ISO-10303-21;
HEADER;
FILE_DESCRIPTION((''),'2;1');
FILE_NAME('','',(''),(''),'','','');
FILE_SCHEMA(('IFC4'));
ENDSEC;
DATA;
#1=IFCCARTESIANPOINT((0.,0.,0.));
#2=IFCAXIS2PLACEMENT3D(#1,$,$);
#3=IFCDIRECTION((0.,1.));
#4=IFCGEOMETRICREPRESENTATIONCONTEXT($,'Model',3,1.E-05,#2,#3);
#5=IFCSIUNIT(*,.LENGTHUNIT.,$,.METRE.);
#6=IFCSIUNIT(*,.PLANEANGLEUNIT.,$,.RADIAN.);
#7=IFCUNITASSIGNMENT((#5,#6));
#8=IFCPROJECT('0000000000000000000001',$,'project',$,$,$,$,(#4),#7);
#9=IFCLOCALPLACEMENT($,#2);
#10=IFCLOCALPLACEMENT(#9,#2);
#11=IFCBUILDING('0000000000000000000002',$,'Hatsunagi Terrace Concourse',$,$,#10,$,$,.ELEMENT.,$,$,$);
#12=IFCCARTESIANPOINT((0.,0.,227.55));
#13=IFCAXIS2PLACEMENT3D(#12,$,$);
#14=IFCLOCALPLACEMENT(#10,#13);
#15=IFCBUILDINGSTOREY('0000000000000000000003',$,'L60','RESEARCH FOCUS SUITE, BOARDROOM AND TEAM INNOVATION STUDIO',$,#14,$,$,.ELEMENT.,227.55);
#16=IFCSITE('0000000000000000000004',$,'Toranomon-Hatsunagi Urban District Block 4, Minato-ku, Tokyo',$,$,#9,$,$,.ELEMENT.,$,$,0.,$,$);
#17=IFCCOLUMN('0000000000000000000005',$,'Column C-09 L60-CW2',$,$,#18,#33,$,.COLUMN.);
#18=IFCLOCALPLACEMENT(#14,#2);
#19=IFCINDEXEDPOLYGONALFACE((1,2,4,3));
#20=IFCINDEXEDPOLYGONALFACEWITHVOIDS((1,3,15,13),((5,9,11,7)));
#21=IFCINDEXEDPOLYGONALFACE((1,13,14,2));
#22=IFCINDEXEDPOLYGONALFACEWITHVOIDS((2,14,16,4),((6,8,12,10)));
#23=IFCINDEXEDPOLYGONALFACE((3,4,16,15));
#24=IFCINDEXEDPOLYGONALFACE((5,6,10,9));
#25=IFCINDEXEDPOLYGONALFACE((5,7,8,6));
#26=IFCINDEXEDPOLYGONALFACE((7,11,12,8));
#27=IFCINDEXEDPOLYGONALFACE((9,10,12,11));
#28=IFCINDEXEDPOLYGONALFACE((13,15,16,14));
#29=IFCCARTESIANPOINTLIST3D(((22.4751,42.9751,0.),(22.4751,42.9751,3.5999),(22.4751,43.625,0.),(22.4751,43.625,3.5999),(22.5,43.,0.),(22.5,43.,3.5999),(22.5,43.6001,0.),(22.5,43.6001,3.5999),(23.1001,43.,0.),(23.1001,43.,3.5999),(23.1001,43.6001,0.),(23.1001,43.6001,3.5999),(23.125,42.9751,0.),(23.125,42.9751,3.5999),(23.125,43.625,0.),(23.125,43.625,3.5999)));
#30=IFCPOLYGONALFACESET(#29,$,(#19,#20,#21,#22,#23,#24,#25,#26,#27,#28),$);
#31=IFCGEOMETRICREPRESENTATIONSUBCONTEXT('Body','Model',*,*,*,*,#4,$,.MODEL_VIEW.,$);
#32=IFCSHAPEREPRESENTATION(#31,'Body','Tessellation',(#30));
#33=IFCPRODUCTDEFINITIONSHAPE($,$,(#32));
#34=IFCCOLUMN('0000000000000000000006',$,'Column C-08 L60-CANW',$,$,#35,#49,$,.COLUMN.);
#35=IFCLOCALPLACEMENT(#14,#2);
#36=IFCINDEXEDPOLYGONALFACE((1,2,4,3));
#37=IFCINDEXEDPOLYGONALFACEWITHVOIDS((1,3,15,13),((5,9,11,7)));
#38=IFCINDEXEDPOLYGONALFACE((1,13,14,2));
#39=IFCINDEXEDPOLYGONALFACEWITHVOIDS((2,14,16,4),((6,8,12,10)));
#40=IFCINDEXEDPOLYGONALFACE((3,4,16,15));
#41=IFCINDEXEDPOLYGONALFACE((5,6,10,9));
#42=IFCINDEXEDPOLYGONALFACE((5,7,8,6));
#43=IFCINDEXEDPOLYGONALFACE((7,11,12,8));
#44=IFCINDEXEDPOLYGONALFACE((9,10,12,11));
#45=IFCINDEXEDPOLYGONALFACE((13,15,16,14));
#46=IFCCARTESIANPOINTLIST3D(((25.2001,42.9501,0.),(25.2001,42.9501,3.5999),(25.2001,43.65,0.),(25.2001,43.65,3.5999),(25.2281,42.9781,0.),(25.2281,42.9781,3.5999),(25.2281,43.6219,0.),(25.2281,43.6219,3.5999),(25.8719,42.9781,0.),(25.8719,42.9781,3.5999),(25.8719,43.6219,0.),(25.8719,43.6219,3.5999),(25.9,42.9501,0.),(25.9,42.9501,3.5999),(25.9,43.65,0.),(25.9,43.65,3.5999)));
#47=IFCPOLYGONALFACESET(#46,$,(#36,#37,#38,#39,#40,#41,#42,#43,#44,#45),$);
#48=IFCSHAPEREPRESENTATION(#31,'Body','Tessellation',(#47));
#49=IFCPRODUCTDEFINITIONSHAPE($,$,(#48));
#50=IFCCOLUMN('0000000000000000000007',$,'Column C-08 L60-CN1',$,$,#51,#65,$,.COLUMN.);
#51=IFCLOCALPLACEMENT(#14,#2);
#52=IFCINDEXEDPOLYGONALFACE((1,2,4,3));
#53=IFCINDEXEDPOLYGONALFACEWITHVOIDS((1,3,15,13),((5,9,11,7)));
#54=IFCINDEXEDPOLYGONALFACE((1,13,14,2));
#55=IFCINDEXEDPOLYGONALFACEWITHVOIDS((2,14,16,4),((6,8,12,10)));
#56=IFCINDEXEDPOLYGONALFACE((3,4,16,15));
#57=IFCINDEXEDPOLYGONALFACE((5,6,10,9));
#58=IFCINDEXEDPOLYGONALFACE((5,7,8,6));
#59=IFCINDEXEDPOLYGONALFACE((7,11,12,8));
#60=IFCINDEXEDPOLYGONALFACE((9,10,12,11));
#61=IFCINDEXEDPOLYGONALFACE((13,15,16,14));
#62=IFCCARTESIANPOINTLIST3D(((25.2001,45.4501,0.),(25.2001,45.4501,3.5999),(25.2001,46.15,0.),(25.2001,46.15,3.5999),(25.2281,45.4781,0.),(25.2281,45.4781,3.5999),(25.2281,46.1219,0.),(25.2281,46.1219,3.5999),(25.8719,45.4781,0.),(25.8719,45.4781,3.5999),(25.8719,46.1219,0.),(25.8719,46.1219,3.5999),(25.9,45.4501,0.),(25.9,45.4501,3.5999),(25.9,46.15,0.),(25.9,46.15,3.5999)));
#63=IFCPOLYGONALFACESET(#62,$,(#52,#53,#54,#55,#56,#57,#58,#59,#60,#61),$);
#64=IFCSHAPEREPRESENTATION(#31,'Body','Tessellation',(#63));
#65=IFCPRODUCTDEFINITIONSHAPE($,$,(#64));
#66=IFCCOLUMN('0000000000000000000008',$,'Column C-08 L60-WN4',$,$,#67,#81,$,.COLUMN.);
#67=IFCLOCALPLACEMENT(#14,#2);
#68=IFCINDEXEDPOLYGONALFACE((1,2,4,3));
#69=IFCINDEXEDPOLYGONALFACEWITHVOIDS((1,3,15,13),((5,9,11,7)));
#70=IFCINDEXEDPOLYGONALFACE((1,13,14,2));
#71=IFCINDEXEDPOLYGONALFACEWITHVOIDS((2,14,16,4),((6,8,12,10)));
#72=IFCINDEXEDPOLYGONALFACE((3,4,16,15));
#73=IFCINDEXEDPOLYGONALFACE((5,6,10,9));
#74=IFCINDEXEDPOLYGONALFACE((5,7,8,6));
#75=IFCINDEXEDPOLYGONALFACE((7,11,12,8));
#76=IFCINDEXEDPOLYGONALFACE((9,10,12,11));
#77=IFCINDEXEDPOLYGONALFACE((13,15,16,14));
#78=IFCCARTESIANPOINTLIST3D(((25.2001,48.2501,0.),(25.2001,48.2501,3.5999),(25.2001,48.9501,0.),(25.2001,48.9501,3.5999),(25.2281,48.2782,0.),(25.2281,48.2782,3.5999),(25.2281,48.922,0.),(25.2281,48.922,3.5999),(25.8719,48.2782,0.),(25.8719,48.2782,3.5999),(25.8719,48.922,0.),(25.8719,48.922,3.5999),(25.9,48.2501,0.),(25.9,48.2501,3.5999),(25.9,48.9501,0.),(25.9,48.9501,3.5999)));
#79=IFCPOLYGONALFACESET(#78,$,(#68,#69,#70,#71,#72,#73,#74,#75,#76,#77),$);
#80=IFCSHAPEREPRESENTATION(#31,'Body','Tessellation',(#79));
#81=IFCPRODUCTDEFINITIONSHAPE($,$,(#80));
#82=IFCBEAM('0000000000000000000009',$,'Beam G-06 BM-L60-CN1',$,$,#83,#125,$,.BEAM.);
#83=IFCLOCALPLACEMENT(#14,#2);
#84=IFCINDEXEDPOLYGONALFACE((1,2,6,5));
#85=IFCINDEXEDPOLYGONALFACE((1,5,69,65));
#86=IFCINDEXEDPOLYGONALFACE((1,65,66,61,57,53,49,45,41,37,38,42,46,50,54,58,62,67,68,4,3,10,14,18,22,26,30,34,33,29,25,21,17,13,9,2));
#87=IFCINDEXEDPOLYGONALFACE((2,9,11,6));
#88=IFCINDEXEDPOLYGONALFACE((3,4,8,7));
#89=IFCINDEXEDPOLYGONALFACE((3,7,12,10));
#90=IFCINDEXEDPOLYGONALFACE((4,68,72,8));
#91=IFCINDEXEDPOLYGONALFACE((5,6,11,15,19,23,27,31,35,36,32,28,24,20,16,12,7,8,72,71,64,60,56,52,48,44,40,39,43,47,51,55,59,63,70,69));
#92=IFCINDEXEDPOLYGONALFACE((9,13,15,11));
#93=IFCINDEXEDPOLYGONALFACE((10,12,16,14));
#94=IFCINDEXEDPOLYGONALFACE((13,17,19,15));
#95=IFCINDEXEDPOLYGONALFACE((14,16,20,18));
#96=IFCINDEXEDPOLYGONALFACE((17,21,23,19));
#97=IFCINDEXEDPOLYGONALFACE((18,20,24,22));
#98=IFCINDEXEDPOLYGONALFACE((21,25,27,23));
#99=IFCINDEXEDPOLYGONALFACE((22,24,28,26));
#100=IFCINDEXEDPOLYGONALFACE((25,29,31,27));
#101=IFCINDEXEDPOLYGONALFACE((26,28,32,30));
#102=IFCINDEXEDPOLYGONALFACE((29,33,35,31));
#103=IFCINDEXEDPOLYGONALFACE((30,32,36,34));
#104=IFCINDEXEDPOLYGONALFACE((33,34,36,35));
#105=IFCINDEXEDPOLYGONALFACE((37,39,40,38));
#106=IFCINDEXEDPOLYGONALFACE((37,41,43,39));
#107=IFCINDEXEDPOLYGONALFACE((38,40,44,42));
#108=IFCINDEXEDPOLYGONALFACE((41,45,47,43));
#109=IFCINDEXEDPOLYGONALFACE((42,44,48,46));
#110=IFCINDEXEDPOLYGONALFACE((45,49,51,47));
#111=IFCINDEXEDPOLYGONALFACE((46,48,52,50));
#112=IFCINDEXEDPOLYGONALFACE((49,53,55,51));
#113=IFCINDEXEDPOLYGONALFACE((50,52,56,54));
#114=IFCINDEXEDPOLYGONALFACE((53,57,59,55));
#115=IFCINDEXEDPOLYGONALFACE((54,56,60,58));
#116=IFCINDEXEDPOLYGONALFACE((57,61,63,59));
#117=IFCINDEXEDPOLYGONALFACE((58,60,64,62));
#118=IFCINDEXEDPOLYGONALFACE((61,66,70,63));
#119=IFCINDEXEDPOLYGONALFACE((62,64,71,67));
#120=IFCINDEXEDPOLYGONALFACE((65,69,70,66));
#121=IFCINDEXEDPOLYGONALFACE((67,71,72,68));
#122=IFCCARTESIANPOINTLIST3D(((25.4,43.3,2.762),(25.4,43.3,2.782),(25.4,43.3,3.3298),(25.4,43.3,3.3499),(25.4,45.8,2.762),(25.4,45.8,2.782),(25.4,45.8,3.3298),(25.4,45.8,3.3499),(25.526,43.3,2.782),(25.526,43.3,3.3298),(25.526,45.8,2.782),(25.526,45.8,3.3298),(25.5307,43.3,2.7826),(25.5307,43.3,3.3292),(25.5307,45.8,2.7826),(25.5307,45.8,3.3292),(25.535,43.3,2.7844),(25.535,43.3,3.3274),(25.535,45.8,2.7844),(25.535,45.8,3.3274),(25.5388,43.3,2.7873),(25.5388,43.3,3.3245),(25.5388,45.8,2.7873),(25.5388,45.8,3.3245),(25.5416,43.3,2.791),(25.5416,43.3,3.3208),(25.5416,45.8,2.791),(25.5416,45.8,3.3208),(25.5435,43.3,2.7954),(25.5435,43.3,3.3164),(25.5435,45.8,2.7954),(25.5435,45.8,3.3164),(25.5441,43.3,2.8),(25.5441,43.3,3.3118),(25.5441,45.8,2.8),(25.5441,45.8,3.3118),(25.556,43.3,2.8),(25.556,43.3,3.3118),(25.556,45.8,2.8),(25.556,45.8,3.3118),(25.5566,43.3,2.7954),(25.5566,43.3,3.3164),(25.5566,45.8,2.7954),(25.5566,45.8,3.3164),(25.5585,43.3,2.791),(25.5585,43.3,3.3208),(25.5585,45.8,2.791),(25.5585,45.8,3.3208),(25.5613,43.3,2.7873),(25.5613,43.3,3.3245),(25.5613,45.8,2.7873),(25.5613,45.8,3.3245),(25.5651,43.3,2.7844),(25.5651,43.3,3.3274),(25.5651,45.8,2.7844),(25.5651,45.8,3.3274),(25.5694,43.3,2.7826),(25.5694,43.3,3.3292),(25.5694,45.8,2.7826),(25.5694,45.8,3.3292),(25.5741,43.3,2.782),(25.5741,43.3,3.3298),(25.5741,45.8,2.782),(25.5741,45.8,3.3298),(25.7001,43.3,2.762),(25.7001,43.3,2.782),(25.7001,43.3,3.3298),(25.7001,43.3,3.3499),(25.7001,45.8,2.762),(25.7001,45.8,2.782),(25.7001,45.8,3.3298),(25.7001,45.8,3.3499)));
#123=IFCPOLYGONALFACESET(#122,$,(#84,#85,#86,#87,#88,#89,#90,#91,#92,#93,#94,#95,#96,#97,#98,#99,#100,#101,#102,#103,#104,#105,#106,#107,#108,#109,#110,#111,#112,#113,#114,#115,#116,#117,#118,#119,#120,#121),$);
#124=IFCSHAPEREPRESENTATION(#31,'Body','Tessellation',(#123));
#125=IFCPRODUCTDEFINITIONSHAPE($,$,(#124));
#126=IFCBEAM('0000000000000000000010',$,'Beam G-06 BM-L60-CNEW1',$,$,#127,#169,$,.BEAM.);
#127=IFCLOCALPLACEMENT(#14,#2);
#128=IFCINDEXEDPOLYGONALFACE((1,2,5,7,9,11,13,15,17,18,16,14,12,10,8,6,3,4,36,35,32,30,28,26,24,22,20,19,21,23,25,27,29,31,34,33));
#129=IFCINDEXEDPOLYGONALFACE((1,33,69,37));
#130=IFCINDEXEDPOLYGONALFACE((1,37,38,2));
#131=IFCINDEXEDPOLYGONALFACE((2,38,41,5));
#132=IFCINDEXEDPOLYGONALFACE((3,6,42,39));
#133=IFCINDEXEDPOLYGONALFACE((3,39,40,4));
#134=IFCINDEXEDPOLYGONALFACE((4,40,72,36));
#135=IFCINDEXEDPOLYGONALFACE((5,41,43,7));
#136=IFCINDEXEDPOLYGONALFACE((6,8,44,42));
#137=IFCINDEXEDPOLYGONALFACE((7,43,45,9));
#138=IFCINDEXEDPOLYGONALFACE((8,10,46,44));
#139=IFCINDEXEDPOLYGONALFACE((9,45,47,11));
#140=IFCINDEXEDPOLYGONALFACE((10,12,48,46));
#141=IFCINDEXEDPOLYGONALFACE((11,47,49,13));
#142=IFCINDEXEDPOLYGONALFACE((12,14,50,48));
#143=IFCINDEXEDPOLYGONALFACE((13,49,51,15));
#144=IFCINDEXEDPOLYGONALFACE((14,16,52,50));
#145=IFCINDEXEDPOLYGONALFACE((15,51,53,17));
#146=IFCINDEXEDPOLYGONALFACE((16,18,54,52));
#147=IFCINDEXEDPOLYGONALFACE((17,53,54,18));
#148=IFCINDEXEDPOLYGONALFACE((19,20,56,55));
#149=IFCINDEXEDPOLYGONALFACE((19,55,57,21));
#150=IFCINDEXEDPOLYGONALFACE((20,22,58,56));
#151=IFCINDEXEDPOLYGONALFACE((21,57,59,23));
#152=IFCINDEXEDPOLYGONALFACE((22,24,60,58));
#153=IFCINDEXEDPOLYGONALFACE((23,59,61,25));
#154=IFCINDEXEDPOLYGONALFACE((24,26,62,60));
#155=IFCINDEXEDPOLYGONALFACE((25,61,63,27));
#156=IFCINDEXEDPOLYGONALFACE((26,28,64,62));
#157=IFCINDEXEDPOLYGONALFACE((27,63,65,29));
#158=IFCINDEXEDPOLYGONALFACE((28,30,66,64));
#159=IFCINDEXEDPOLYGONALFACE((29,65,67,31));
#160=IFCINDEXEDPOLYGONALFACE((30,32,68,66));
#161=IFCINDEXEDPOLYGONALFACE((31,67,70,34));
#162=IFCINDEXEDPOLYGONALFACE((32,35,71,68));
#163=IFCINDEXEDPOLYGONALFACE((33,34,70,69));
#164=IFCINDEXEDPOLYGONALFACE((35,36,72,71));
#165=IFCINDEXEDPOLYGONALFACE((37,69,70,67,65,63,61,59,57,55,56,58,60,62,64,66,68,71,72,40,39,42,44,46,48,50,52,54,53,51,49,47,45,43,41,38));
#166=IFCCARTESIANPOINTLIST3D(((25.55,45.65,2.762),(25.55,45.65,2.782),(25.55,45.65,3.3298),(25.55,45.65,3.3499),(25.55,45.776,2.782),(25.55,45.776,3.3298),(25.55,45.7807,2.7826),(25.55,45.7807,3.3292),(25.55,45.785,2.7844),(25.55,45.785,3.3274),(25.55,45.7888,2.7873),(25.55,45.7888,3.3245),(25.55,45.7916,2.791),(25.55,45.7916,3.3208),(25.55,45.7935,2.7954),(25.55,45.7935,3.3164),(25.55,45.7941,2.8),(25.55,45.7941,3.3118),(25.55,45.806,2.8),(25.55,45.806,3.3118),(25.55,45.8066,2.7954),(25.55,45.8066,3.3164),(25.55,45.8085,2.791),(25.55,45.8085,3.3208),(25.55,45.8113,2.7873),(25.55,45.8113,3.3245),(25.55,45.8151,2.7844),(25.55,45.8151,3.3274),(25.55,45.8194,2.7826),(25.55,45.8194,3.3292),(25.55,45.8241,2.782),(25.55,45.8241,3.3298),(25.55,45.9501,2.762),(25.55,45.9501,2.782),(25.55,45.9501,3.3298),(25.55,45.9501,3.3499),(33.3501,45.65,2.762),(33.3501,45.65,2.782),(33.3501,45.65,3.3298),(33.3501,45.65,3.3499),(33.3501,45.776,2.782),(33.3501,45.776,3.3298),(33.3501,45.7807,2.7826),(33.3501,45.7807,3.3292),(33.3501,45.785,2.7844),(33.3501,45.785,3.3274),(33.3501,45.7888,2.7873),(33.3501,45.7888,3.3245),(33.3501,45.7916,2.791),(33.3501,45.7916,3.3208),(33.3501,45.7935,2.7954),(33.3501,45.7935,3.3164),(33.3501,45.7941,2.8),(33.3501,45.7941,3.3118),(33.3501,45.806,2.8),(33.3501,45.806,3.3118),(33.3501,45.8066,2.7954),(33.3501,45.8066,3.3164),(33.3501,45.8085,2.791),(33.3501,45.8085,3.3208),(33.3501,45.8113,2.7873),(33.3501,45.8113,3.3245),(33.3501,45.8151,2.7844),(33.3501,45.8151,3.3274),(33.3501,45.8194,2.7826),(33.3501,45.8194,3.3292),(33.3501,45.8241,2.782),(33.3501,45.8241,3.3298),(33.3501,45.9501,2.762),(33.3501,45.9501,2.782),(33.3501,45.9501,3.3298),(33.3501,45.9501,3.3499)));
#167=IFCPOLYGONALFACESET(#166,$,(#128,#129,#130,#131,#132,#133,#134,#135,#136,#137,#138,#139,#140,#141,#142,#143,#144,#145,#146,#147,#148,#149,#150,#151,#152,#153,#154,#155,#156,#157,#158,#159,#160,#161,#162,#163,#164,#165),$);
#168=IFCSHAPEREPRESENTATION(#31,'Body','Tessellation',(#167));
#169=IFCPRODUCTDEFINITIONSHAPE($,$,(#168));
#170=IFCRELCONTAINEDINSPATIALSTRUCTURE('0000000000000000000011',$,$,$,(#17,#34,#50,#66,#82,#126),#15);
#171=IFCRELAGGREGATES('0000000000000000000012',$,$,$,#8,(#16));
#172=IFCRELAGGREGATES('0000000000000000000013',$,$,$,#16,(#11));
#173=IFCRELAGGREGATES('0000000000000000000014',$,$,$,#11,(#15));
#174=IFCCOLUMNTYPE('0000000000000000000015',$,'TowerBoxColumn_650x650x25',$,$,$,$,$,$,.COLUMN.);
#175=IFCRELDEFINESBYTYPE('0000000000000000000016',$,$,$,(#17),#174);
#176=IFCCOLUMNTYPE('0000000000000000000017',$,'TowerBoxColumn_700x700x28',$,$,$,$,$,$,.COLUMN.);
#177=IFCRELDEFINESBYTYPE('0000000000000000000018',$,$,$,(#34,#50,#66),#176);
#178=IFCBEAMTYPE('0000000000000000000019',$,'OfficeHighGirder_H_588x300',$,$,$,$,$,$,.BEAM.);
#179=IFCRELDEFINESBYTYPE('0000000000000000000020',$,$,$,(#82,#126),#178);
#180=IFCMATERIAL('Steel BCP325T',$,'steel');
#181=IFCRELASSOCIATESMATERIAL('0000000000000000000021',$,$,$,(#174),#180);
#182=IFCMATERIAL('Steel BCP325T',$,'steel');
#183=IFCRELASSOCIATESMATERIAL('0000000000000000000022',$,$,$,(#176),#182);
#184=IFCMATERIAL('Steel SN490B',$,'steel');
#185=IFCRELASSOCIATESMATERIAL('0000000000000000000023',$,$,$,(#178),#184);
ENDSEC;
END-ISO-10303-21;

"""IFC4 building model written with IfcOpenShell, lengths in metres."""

from ifc_helpers import new_model, si_unit, direction, frame, origin, origin_2d, place, context, subcontext, project, spatial, hollow_rectangle, i_section, extrude, material, material_profile, profile_set, type_object, element, save


model = new_model("IFC4")

# Units and contexts
model_context = context("Model", 3, precision=1e-05, world=origin(), true_north=direction((0.0, 1.0)))
body_context = subcontext(model_context, "Body", "Model", "MODEL_VIEW")
ifc_project = project(units=[si_unit("LENGTHUNIT", "METRE"), si_unit("PLANEANGLEUNIT", "RADIAN")], contexts=[model_context])

# Site, building, storey
site_placement = place(None, origin())
site = spatial("IfcSite", under=ifc_project, at=site_placement, Name="Toranomon-Hatsunagi Urban District Block 4, Minato-ku, Tokyo", CompositionType="ELEMENT", RefElevation=0.0)
building_placement = place(site_placement, origin())
building = spatial("IfcBuilding", under=site, at=building_placement, Name="Hatsunagi Terrace Concourse", CompositionType="ELEMENT")
storey_placement = place(building_placement, frame((0.0, 0.0, 227.55)))
storey = spatial("IfcBuildingStorey", under=building, at=storey_placement, Name="L60", Description="RESEARCH FOCUS SUITE, BOARDROOM AND TEAM INNOVATION STUDIO", CompositionType="ELEMENT", Elevation=227.55)

# Columns
ifc_material_1 = material(Name="Steel BCP325T", Category="steel")
ifc_material_profile_1 = material_profile(ifc_material_1, hollow_rectangle(XDim=0.6499, YDim=0.6499, WallThickness=0.0249, at=origin_2d()), Name="BCP-650x650x25")
ifc_profile_set_1 = profile_set([ifc_material_profile_1], Name="Steel BCP325T")
column_type_1 = type_object("IfcColumnType", Name="TowerBoxColumn_650x650x25", PredefinedType="COLUMN", material=ifc_profile_set_1)
column_placement = place(storey_placement, frame((22.8, 43.3, 0.0), z_axis=(0.0, 0.0, 1.0), x_axis=(1.0, 0.0, 0.0)))
element("IfcColumn", 1, at=column_placement, inside=storey, type_object=column_type_1, Name="Column C-09 L60-CW2", PredefinedType="COLUMN", context=body_context, shape_type="SweptSolid", body=[
    extrude(hollow_rectangle(XDim=0.6499, YDim=0.6499, WallThickness=0.0249, at=origin_2d()), origin(), (0.0, 0.0, 1.0), 3.5999),
])
ifc_material_2 = material(Name="Steel BCP325T", Category="steel")
ifc_material_profile_2 = material_profile(ifc_material_2, hollow_rectangle(XDim=0.7, YDim=0.7, WallThickness=0.0281, at=origin_2d()), Name="BCP-700x700x28")
ifc_profile_set_2 = profile_set([ifc_material_profile_2], Name="Steel BCP325T")
column_type_2 = type_object("IfcColumnType", Name="TowerBoxColumn_700x700x28", PredefinedType="COLUMN", material=ifc_profile_set_2)
for number, where, z_axis, x_axis, name in (
    (2, (25.55, 43.3, 0.0), (0.0, 0.0, 1.0), (1.0, 0.0, 0.0), "Column C-08 L60-CANW"),
    (3, (25.55, 45.8, 0.0), (0.0, 0.0, 1.0), (1.0, 0.0, 0.0), "Column C-08 L60-CN1"),
    (4, (25.55, 48.6001, 0.0), (0.0, 0.0, 1.0), (1.0, 0.0, 0.0), "Column C-08 L60-WN4"),
):
    element("IfcColumn", number, at=place(storey_placement, frame(where, z_axis=z_axis, x_axis=x_axis)), inside=storey, type_object=column_type_2, Name=name, PredefinedType="COLUMN", context=body_context, shape_type="SweptSolid", body=[
        extrude(hollow_rectangle(XDim=0.7, YDim=0.7, WallThickness=0.0281, at=origin_2d()), origin(), (0.0, 0.0, 1.0), 3.5999),
    ])

# Beams
ifc_material_3 = material(Name="Steel SN490B", Category="steel")
ifc_material_profile_3 = material_profile(ifc_material_3, i_section(OverallWidth=0.3, OverallDepth=0.5879, WebThickness=0.012, FlangeThickness=0.02, FilletRadius=0.0181, at=origin_2d()), Name="H-588x300x12x20")
ifc_profile_set_3 = profile_set([ifc_material_profile_3], Name="Steel SN490B")
beam_type_1 = type_object("IfcBeamType", Name="OfficeHighGirder_H_588x300", PredefinedType="BEAM", material=ifc_profile_set_3)
beam_1_placement = place(storey_placement, frame((25.55, 43.3, 3.0559), z_axis=(0.0, 1.0, 0.0), x_axis=(-1.0, 0.0, 0.0)))
element("IfcBeam", 5, at=beam_1_placement, inside=storey, type_object=beam_type_1, Name="Beam G-06 BM-L60-CN1", PredefinedType="BEAM", context=body_context, shape_type="SweptSolid", body=[
    extrude(i_section(OverallWidth=0.3, OverallDepth=0.5879, WebThickness=0.012, FlangeThickness=0.02, FilletRadius=0.0181, at=origin_2d()), origin(), (0.0, 0.0, 1.0), 2.5),
])
beam_2_placement = place(storey_placement, frame((25.55, 45.8, 3.0559), z_axis=(1.0, 0.0, 0.0), x_axis=(0.0, 1.0, 0.0)))
element("IfcBeam", 6, at=beam_2_placement, inside=storey, type_object=beam_type_1, Name="Beam G-06 BM-L60-CNEW1", PredefinedType="BEAM", context=body_context, shape_type="SweptSolid", body=[
    extrude(i_section(OverallWidth=0.3, OverallDepth=0.5879, WebThickness=0.012, FlangeThickness=0.02, FilletRadius=0.0181, at=origin_2d()), origin(), (0.0, 0.0, 1.0), 7.8),
])

save(model, "model.ifc")
